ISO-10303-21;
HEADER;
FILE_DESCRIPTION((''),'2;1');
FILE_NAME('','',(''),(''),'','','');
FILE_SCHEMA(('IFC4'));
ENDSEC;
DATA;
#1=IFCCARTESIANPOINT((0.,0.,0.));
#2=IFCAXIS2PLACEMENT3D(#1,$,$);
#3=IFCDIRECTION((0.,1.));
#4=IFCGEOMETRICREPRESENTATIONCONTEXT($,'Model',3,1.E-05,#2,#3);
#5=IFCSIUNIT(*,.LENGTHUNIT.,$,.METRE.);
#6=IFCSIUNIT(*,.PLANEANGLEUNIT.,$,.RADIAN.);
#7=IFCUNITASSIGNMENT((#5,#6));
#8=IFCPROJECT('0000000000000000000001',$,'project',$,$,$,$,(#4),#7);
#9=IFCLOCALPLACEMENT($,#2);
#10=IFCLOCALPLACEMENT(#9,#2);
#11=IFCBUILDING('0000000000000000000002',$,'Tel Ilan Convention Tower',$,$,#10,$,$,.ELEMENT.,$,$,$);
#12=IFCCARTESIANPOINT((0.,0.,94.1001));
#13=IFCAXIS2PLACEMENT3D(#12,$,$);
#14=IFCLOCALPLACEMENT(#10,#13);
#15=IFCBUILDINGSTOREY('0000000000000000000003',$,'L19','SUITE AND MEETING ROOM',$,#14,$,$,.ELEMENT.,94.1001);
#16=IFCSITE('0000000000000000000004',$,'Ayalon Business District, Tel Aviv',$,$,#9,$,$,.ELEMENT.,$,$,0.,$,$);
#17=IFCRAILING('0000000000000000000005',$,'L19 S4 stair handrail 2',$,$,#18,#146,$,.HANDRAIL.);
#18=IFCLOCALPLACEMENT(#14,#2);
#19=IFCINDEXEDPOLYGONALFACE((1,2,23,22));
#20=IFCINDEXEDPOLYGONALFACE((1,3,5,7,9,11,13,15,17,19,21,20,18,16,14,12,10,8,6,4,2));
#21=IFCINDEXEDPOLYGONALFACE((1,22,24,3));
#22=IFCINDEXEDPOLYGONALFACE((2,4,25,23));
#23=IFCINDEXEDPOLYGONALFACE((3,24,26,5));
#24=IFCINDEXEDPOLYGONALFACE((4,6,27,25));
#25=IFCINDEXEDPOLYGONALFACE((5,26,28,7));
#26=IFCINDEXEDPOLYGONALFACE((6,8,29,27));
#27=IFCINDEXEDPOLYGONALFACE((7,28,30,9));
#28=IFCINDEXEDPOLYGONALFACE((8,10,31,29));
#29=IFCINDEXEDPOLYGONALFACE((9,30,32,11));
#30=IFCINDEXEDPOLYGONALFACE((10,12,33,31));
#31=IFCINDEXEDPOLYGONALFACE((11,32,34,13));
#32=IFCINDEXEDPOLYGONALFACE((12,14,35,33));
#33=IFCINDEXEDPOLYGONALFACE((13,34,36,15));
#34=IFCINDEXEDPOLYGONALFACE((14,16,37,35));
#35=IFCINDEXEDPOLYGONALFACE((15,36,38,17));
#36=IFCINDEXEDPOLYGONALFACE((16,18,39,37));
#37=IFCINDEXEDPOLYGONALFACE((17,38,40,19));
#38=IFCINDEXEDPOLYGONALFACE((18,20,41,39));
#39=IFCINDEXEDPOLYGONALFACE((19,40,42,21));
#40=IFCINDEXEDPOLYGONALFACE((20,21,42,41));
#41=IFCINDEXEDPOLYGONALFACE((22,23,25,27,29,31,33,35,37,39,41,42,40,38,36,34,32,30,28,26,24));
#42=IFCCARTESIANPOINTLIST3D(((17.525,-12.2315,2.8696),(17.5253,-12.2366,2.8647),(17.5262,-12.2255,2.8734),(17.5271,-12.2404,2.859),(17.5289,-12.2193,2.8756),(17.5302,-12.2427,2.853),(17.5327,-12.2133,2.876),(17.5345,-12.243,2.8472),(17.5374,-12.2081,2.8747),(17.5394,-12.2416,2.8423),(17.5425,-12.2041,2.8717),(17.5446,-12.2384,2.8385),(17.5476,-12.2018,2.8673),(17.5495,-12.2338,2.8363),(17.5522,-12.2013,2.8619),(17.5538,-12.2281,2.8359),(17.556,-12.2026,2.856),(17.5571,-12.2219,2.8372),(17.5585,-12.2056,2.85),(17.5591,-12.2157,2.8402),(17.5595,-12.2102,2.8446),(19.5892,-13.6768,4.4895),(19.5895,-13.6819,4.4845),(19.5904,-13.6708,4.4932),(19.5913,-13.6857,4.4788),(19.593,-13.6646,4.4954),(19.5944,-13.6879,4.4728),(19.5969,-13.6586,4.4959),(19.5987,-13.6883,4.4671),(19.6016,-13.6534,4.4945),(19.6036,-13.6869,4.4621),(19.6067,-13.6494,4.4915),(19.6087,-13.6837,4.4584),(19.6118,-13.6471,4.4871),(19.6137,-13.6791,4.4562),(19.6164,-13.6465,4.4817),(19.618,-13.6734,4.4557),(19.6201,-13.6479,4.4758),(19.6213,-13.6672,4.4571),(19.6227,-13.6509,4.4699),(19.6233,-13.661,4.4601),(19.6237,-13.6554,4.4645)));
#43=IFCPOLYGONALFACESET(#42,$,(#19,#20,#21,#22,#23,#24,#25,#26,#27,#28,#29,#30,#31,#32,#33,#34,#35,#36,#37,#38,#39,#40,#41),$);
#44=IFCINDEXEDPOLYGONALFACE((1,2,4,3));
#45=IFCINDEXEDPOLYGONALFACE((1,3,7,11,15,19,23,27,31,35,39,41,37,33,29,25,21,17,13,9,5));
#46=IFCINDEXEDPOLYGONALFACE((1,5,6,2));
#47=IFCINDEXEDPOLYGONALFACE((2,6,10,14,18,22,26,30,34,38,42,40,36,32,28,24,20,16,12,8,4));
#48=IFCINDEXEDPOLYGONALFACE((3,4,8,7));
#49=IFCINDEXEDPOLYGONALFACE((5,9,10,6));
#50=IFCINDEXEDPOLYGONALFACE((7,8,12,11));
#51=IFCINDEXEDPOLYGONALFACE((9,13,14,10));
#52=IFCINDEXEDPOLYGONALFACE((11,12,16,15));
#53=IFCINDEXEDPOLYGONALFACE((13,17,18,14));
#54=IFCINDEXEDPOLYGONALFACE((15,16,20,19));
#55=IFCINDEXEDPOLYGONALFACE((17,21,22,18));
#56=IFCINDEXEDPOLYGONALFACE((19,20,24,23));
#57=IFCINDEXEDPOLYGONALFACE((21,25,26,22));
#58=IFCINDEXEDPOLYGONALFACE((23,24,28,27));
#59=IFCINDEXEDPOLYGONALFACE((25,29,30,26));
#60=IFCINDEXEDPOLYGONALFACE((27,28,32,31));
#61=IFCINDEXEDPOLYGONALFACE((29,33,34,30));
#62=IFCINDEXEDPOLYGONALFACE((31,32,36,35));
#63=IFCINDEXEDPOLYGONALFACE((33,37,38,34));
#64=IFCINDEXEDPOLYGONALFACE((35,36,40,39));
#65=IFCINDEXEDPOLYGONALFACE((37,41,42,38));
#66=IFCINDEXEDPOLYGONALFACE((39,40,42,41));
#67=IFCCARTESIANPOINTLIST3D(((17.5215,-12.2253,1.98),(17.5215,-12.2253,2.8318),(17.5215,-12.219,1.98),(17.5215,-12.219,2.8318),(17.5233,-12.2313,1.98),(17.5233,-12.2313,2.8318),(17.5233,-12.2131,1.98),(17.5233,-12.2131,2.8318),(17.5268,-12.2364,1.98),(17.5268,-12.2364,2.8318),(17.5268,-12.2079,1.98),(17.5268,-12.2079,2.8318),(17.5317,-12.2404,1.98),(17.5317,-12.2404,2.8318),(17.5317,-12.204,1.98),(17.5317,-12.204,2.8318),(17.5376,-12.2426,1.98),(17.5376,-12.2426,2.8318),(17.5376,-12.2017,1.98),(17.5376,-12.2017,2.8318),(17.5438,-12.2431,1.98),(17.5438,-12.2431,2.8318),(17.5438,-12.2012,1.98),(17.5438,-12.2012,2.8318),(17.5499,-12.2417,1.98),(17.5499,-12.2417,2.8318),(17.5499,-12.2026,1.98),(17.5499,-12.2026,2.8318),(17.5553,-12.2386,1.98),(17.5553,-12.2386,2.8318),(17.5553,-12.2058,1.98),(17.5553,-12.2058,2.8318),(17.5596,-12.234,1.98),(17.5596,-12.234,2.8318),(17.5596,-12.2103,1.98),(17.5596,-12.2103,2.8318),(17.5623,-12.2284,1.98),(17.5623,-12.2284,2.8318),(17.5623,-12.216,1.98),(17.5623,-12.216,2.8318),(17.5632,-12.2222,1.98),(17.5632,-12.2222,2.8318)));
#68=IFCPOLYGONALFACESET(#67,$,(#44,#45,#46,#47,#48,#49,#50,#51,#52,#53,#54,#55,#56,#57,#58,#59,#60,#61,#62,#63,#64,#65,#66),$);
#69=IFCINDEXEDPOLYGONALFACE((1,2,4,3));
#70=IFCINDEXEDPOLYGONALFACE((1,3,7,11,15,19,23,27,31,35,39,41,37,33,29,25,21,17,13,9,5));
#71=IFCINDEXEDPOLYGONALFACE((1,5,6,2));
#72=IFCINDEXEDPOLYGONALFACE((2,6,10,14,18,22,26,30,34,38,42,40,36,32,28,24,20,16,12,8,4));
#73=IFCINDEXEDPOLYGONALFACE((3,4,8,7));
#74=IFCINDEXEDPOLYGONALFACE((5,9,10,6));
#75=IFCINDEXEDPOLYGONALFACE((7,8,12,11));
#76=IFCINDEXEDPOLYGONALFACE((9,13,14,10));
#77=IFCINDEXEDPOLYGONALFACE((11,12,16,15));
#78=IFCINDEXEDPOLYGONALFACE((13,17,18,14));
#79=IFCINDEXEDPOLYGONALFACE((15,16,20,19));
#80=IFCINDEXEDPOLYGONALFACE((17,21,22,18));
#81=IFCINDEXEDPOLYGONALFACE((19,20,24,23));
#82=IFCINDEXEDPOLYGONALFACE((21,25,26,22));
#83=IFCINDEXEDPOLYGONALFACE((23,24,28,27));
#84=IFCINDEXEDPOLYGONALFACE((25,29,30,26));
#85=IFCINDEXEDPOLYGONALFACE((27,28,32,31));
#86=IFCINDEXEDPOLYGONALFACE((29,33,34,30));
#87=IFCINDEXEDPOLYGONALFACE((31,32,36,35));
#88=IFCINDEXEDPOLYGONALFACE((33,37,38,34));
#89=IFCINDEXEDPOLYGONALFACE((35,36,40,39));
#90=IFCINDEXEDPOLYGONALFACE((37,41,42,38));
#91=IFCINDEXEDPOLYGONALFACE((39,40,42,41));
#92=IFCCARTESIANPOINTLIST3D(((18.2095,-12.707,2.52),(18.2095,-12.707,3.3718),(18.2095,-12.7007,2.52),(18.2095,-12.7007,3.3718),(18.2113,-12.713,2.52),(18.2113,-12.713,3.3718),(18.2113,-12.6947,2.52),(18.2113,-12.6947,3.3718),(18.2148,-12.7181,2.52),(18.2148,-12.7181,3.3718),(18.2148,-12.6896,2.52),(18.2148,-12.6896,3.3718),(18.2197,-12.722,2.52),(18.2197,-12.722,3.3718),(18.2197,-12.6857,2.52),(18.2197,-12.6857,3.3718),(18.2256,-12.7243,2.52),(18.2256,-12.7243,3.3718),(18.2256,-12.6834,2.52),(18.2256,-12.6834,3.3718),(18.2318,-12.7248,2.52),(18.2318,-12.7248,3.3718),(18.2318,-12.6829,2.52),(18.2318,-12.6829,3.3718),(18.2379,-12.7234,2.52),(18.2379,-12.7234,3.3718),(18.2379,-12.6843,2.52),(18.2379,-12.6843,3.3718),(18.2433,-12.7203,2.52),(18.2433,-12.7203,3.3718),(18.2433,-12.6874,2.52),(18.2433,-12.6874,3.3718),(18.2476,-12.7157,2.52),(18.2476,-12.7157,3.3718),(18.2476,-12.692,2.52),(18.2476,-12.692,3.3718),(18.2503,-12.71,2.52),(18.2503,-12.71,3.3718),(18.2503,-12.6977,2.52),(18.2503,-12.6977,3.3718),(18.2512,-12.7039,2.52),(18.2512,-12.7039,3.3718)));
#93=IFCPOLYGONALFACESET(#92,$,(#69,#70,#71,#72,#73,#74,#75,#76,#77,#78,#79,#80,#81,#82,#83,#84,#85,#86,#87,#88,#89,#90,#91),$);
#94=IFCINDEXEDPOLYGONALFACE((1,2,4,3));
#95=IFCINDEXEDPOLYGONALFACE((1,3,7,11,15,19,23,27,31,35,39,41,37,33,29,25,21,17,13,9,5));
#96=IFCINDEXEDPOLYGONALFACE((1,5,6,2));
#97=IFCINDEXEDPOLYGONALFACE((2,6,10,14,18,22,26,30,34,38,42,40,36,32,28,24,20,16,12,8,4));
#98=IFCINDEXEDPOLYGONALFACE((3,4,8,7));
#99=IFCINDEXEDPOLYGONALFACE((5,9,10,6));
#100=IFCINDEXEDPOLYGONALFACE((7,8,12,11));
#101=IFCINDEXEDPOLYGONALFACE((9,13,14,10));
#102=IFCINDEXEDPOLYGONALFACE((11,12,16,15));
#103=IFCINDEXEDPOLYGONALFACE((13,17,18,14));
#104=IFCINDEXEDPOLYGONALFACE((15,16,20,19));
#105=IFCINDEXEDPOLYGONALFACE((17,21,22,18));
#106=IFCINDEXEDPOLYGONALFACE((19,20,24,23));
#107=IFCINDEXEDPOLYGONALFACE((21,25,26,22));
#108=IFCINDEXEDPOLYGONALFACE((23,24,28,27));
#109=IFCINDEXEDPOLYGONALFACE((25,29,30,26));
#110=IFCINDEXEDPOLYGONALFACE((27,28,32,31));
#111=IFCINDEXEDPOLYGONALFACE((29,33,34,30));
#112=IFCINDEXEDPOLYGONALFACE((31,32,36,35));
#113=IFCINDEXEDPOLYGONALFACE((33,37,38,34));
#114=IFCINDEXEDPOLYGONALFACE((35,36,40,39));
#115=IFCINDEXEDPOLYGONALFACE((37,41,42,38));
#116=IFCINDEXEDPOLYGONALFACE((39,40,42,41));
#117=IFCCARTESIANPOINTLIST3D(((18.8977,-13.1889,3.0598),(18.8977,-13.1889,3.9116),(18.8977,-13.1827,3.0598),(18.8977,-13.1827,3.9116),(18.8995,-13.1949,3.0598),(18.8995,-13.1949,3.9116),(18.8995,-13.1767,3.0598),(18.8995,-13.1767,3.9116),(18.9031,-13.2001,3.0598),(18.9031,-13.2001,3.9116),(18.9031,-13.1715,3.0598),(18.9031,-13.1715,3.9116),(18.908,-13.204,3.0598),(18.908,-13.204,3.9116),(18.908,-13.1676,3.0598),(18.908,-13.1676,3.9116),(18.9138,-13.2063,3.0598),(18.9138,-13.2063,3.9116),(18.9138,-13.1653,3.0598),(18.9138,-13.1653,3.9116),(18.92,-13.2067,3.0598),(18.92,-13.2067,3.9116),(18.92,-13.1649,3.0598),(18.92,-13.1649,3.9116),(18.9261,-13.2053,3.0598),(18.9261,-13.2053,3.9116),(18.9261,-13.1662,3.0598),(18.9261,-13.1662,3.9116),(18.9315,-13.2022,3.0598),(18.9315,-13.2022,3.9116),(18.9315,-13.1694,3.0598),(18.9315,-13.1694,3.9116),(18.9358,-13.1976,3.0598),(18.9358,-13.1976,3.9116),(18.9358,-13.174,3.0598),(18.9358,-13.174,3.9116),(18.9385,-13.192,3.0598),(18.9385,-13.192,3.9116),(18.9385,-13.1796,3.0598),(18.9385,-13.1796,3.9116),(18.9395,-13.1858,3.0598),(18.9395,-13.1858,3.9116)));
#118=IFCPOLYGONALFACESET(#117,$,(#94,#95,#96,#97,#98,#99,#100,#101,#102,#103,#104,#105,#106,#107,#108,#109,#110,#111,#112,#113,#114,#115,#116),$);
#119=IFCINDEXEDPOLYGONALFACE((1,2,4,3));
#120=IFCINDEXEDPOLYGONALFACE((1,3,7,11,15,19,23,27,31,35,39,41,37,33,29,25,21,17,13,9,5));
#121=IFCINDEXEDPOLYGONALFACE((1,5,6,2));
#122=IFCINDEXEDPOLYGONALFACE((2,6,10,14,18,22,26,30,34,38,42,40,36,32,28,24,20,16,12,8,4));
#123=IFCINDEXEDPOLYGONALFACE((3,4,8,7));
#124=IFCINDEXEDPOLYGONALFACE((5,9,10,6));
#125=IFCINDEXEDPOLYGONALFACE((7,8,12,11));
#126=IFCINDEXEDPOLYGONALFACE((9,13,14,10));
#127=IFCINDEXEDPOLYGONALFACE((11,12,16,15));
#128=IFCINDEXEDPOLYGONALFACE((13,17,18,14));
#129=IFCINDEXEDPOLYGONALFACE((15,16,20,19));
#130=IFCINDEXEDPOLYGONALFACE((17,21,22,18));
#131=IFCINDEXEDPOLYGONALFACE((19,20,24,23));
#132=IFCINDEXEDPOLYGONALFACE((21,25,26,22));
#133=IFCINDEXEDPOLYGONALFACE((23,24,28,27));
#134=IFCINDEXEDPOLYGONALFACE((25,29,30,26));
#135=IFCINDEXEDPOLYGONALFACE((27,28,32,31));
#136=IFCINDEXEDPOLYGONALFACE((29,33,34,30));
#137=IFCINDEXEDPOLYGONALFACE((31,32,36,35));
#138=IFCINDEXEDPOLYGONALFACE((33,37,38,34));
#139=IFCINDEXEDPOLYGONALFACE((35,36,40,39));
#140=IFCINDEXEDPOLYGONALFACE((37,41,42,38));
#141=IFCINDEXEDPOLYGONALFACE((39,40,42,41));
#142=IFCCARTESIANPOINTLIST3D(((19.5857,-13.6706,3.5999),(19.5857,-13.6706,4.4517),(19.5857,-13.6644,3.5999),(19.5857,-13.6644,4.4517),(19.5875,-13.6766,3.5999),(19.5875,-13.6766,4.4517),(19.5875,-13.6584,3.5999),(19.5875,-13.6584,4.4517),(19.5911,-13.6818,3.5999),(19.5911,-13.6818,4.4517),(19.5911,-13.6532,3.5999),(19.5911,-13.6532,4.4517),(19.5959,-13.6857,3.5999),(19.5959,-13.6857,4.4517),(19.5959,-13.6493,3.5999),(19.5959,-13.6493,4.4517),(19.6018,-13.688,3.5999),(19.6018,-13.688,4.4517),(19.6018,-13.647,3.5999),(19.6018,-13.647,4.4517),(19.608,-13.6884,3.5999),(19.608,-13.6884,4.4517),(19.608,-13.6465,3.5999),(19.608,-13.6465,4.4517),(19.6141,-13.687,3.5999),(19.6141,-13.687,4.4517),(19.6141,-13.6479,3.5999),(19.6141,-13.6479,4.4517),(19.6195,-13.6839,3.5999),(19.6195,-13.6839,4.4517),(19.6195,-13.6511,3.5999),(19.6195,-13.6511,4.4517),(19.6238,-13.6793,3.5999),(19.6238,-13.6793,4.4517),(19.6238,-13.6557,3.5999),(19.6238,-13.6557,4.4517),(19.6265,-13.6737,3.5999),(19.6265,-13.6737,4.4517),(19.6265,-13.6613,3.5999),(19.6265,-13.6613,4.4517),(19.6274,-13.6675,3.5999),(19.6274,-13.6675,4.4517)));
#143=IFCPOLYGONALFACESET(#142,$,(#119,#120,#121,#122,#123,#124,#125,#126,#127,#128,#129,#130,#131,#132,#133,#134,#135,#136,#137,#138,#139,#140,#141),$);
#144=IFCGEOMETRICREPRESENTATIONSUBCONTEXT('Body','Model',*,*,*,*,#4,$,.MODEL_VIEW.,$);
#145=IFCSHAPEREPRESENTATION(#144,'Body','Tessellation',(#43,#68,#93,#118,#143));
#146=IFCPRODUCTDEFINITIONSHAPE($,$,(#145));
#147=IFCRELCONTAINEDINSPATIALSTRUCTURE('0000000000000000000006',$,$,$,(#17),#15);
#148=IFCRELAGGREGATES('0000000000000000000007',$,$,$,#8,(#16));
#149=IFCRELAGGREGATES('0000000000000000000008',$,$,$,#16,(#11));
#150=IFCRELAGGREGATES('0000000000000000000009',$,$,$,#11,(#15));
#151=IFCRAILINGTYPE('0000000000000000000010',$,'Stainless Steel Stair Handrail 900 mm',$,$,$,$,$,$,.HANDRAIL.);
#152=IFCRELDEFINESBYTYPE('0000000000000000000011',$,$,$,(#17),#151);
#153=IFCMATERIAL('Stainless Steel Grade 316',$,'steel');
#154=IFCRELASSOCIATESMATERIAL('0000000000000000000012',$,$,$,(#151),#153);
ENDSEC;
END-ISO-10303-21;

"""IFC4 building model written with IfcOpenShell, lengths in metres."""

from ifc_helpers import new_model, si_unit, direction, frame, origin, origin_2d, place, context, subcontext, project, spatial, circle, extrude, material, type_object, element, save


model = new_model("IFC4")

# Units and contexts
model_context = context("Model", 3, precision=1e-05, world=origin(), true_north=direction((0.0, 1.0)))
body_context = subcontext(model_context, "Body", "Model", "MODEL_VIEW")
ifc_project = project(units=[si_unit("LENGTHUNIT", "METRE"), si_unit("PLANEANGLEUNIT", "RADIAN")], contexts=[model_context])

# Site, building, storey
site_placement = place(None, origin())
site = spatial("IfcSite", under=ifc_project, at=site_placement, Name="Ayalon Business District, Tel Aviv", CompositionType="ELEMENT", RefElevation=0.0)
building_placement = place(site_placement, origin())
building = spatial("IfcBuilding", under=site, at=building_placement, Name="Tel Ilan Convention Tower", CompositionType="ELEMENT")
storey_placement = place(building_placement, frame((0.0, 0.0, 94.1001)))
storey = spatial("IfcBuildingStorey", under=building, at=storey_placement, Name="L19", Description="SUITE AND MEETING ROOM", CompositionType="ELEMENT", Elevation=94.1001)

# Railing
ifc_material_1 = material(Name="Stainless Steel Grade 316", Category="steel")
railing_type_1 = type_object("IfcRailingType", Name="Stainless Steel Stair Handrail 900 mm", PredefinedType="HANDRAIL", material=ifc_material_1)
railing_1_placement = place(storey_placement, frame((17.5422, -12.2222, 1.98)))
element("IfcRailing", 1, at=railing_1_placement, inside=storey, type_object=railing_type_1, Name="L19 S4 stair handrail 2", PredefinedType="HANDRAIL", context=body_context, shape_type="SweptSolid", body=[
    extrude(circle(Radius=0.0239, at=origin_2d()), frame((0.0, 0.0, 0.876), z_axis=(0.68907, -0.482472, 0.540743), x_axis=(0.57356, 0.819164, 0.0)), (0.0, 0.0, 1.0), 2.9956),
    extrude(circle(Radius=0.021, at=origin_2d()), origin(), (0.0, 0.0, 1.0), 0.8518),
    extrude(circle(Radius=0.021, at=origin_2d()), frame((0.688, -0.4817, 0.54)), (0.0, 0.0, 1.0), 0.8518),
    extrude(circle(Radius=0.021, at=origin_2d()), frame((1.3762, -0.9636, 1.0798)), (0.0, 0.0, 1.0), 0.8518),
    extrude(circle(Radius=0.021, at=origin_2d()), frame((2.0642, -1.4453, 1.6199)), (0.0, 0.0, 1.0), 0.8518),
])

save(model, "model.ifc")
